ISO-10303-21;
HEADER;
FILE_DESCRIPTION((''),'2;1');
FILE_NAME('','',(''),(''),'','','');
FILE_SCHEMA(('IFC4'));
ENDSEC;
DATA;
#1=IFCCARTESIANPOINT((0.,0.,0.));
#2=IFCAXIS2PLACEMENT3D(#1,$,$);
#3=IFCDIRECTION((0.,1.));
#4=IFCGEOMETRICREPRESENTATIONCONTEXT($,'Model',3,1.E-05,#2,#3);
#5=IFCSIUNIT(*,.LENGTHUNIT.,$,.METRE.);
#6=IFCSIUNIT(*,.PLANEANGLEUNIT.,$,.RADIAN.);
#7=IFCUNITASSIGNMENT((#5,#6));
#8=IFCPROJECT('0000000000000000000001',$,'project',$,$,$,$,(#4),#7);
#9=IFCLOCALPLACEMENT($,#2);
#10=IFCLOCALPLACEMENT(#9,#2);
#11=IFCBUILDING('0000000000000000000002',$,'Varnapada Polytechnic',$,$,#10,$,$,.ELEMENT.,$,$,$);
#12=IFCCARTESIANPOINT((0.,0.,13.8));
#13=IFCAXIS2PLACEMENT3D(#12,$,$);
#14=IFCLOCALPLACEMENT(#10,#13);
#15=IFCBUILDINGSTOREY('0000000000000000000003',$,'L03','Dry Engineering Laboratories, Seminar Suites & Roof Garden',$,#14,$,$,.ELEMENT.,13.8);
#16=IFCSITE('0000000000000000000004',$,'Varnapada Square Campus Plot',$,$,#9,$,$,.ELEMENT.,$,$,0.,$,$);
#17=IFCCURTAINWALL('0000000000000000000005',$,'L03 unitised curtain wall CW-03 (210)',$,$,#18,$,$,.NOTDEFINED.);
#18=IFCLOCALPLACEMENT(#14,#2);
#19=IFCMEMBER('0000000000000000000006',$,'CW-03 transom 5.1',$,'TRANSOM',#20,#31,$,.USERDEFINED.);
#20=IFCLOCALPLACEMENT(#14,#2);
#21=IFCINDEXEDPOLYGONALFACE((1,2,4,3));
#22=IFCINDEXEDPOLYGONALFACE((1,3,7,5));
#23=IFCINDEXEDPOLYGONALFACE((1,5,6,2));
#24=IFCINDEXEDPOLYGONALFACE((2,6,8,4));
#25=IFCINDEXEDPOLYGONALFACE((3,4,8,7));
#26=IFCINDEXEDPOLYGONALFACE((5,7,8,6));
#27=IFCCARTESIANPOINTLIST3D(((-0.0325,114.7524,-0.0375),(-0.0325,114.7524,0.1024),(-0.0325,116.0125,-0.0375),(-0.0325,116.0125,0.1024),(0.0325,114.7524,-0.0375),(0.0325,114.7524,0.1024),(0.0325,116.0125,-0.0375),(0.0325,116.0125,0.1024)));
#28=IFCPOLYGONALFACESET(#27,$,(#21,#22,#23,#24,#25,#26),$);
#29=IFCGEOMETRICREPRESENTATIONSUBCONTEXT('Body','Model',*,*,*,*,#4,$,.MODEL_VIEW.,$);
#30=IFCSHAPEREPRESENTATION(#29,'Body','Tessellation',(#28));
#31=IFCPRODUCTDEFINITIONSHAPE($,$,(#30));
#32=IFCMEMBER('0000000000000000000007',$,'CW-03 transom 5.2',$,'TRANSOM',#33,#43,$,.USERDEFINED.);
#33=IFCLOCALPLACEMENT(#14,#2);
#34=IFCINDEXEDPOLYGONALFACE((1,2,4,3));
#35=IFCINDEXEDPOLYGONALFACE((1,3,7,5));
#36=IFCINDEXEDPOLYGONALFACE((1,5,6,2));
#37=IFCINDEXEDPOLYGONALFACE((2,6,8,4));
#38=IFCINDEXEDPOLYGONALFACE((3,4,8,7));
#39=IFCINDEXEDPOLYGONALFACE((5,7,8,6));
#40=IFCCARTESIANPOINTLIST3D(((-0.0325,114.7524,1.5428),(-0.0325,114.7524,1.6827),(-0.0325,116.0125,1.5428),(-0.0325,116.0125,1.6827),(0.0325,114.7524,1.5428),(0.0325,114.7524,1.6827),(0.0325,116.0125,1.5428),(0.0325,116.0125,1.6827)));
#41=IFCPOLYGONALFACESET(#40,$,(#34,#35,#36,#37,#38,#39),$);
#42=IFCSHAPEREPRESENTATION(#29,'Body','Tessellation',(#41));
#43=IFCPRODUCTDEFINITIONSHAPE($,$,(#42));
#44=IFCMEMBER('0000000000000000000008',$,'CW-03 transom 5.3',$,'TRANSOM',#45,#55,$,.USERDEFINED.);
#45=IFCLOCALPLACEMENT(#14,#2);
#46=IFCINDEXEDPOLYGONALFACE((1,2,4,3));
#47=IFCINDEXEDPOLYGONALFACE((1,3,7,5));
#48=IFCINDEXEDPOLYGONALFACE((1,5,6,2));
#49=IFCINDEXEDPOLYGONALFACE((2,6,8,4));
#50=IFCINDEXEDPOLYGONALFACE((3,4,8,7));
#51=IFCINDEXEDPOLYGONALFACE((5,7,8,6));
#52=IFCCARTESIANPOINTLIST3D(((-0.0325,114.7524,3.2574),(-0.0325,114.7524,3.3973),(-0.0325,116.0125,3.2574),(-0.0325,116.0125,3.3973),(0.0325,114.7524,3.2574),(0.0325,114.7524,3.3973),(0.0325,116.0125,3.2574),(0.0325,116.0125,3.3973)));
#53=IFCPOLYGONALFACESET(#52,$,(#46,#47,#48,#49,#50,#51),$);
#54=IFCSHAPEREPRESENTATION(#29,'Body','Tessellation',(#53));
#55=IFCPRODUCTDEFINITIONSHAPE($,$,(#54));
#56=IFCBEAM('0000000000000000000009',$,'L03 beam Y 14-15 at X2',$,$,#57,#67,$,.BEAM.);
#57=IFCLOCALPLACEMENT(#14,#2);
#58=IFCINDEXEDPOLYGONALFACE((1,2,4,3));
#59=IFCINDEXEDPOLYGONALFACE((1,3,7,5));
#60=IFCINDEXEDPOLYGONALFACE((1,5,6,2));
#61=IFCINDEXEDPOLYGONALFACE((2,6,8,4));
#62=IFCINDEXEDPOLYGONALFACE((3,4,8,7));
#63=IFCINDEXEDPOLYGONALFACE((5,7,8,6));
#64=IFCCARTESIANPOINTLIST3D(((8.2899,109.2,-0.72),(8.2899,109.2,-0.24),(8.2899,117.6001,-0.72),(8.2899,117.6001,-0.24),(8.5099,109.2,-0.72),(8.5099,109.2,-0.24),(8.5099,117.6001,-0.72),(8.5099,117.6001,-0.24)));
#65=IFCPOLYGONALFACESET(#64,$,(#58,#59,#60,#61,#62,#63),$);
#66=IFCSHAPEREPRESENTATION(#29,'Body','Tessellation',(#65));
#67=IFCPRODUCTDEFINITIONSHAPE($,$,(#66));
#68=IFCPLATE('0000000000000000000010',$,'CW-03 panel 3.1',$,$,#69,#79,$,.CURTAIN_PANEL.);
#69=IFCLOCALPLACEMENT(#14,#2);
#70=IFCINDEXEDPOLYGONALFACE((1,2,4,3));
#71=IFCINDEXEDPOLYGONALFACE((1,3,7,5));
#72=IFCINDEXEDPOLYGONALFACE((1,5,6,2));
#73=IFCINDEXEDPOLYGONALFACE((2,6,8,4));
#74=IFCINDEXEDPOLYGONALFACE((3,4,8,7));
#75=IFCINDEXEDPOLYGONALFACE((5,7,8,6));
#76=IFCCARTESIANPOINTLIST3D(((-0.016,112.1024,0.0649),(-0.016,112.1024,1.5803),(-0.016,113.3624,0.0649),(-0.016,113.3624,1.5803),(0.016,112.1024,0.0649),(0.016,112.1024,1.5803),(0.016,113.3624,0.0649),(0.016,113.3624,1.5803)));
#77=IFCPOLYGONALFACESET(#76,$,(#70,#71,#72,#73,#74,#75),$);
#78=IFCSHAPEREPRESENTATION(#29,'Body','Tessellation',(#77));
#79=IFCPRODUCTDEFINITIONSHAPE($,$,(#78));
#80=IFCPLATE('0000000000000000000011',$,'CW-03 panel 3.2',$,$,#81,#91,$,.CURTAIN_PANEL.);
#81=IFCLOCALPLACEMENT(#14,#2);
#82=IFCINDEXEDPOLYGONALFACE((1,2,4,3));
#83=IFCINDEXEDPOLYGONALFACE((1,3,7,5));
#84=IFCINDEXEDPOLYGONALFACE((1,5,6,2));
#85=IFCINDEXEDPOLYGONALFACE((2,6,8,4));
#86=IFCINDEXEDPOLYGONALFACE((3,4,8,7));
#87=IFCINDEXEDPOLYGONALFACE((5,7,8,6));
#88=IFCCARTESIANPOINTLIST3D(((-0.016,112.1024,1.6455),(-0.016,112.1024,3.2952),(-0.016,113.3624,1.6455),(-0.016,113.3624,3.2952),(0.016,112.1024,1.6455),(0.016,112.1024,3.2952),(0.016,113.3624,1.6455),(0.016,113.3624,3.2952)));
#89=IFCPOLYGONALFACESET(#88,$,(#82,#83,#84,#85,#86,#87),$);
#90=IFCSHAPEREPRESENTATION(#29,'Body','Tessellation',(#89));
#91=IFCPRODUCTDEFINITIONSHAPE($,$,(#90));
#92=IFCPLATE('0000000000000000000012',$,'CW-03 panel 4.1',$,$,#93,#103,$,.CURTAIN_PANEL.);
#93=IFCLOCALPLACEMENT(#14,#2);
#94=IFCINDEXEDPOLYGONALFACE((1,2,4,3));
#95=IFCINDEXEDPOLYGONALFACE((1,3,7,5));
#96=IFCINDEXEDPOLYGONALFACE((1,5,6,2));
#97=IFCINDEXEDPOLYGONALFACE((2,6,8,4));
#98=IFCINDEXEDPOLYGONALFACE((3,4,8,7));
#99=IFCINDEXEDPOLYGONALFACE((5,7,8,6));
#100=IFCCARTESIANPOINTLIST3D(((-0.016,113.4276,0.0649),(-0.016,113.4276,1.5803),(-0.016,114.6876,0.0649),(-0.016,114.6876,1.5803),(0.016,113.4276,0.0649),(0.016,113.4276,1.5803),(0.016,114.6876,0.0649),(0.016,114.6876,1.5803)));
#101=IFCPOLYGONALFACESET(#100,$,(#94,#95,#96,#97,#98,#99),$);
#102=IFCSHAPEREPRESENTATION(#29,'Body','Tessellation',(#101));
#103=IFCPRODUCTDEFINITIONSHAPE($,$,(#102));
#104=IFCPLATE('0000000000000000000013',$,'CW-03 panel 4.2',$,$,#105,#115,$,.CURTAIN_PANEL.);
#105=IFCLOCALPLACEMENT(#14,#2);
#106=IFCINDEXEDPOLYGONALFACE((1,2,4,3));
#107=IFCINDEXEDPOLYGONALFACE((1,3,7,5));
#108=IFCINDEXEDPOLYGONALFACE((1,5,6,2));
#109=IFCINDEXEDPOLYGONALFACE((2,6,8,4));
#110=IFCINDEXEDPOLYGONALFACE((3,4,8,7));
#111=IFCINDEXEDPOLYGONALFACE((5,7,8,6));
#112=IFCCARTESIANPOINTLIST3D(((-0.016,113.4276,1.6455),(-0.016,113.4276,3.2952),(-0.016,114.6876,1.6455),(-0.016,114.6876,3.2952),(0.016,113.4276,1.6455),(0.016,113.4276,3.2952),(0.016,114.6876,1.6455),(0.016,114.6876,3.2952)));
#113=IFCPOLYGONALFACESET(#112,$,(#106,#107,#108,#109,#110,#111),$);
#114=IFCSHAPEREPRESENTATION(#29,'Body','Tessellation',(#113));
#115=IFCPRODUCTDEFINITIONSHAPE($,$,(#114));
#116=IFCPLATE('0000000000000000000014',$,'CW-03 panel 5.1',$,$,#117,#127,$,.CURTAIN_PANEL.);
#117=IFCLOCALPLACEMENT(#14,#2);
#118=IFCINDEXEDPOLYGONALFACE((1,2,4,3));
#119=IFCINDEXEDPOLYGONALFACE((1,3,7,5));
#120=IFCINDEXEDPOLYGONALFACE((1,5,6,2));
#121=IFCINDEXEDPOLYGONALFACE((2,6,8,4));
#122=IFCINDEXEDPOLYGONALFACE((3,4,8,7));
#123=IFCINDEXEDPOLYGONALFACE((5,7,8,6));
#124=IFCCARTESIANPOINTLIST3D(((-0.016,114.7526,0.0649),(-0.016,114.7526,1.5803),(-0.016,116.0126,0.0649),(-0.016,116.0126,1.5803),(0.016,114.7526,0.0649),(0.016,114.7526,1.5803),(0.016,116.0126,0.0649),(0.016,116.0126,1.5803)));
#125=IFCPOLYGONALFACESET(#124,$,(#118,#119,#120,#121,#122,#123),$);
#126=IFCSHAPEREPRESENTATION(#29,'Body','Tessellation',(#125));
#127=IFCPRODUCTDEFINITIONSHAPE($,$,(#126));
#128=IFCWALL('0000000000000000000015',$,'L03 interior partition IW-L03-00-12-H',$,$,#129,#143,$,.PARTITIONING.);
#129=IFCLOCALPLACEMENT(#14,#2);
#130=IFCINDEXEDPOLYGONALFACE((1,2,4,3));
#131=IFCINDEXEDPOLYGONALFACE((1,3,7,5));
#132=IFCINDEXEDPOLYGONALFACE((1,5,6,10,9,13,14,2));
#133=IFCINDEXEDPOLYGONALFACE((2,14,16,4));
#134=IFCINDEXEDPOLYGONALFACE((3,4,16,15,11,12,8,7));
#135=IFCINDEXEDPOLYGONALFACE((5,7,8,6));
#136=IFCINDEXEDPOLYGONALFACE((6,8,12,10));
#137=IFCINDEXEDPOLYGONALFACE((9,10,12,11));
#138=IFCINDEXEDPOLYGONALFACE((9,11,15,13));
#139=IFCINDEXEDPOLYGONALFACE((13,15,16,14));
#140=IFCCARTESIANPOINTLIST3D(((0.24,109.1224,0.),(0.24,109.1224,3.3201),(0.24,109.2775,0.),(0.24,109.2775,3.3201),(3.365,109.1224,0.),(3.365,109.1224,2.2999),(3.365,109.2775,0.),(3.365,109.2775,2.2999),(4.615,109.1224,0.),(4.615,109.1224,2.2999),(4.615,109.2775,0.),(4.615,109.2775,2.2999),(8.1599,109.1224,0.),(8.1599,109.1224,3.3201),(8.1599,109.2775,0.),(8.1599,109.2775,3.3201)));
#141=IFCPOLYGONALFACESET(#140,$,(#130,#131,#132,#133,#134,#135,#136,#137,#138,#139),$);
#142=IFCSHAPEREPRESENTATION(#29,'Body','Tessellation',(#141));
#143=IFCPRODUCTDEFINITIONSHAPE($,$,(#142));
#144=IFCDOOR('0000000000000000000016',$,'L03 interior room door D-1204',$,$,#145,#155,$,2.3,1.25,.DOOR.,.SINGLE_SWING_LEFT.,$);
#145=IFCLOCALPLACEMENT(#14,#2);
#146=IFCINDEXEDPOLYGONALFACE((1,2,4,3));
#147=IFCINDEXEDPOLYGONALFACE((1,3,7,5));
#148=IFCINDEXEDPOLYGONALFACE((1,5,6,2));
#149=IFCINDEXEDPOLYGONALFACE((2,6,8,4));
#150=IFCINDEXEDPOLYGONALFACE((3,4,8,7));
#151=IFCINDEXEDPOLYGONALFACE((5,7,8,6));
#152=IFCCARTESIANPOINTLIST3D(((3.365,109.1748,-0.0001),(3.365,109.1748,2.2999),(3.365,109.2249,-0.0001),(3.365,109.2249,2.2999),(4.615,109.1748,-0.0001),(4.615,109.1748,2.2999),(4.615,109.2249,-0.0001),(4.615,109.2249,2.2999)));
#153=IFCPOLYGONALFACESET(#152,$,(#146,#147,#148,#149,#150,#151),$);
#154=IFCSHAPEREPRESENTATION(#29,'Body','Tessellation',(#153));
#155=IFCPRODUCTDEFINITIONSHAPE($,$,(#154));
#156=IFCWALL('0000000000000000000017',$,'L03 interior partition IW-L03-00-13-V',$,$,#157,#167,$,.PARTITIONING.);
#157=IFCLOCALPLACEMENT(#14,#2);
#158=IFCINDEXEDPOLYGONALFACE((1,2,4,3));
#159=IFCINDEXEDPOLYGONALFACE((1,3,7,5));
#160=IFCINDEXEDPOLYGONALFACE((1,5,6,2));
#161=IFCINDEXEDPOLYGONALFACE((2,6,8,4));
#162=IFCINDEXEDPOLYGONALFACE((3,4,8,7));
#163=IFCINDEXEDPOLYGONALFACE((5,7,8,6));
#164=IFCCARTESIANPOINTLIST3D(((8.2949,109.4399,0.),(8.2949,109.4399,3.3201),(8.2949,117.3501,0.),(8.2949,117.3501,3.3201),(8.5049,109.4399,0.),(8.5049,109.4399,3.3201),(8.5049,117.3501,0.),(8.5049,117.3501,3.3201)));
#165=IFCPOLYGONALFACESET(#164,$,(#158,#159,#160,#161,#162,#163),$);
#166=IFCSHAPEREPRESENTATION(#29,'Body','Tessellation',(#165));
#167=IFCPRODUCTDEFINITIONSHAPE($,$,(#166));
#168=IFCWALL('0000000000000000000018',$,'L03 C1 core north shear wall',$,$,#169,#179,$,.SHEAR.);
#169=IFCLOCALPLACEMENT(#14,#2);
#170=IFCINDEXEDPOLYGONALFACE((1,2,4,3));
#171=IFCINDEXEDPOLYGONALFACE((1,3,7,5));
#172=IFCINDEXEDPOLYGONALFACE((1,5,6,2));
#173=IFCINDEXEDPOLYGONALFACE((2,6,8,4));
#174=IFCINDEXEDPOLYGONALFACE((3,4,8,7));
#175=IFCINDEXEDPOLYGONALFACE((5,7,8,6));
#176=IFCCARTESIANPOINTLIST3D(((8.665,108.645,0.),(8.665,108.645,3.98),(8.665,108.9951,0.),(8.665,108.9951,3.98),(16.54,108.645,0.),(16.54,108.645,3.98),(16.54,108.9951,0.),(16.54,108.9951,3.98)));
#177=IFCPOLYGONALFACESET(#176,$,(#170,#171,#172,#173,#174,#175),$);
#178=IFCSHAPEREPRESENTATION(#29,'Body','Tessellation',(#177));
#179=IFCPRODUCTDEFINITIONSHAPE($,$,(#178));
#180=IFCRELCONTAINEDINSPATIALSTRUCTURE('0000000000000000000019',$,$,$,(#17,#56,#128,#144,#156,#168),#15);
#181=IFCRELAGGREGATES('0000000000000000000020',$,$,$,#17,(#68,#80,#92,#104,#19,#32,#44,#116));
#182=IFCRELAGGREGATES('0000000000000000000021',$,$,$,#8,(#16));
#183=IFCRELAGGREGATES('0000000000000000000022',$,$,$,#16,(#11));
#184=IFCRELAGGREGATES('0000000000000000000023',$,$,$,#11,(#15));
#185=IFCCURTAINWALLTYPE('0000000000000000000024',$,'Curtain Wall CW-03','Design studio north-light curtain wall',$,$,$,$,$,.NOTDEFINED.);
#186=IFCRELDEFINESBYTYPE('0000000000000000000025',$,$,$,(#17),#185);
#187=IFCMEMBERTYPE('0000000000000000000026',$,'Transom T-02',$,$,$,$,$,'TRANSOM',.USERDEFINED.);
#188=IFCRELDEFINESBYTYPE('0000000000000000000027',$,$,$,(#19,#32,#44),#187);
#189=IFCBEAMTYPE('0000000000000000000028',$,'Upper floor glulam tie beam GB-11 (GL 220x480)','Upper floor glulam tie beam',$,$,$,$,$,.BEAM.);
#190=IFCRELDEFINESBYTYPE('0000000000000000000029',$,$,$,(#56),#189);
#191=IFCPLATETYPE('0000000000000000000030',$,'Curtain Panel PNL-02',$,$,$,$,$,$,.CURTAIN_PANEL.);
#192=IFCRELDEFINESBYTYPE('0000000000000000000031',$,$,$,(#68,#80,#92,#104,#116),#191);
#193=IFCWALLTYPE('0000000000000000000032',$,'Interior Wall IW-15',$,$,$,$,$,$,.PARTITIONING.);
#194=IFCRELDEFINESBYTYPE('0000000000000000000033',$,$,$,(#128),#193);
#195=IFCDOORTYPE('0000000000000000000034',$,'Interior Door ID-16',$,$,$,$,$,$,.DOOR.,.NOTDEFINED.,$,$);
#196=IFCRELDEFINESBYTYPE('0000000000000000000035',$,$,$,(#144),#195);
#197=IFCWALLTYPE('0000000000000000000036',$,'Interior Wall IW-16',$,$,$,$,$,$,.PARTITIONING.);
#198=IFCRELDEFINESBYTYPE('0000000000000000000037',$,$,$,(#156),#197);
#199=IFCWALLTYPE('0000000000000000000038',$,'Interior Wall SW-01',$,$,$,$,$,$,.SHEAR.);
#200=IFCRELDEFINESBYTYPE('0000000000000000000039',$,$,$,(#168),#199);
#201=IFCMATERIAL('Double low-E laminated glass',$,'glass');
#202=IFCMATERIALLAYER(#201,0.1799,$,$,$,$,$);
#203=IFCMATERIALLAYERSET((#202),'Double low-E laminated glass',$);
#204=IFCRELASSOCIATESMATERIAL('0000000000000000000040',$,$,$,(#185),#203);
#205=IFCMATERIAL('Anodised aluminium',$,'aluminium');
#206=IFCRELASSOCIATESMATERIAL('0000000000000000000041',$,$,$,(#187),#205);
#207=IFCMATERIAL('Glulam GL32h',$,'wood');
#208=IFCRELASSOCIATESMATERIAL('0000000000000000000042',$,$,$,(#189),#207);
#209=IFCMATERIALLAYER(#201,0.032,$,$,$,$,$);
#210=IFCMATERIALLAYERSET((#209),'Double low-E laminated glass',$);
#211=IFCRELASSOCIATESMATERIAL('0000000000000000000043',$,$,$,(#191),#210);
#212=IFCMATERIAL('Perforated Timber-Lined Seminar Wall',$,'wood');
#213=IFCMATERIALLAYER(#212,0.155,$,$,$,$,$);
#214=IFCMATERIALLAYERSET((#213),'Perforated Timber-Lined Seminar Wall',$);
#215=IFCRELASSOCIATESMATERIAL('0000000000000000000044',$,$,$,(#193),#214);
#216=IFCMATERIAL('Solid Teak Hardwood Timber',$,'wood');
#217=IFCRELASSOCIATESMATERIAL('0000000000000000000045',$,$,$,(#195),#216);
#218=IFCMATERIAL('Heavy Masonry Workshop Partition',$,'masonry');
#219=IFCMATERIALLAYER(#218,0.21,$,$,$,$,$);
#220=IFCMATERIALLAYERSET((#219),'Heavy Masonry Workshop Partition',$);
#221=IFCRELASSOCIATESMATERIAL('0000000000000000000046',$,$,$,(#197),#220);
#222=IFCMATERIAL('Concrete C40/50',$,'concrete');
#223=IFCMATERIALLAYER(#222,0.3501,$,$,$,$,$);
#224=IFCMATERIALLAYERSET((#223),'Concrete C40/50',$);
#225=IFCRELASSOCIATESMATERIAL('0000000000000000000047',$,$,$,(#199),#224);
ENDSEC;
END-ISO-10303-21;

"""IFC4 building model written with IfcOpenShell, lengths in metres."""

from ifc_helpers import new_model, si_unit, direction, frame, frame_2d, origin, origin_2d, place, context, subcontext, project, spatial, rectangle, extrude, material, layer, layer_set, material_profile, profile_set, type_object, element, fill, aggregate, save


model = new_model("IFC4")

# Units and contexts
model_context = context("Model", 3, precision=1e-05, world=origin(), true_north=direction((0.0, 1.0)))
body_context = subcontext(model_context, "Body", "Model", "MODEL_VIEW")
ifc_project = project(units=[si_unit("LENGTHUNIT", "METRE"), si_unit("PLANEANGLEUNIT", "RADIAN")], contexts=[model_context])

# Site, building, storey
site_placement = place(None, origin())
site = spatial("IfcSite", under=ifc_project, at=site_placement, Name="Varnapada Square Campus Plot", CompositionType="ELEMENT", RefElevation=0.0)
building_placement = place(site_placement, origin())
building = spatial("IfcBuilding", under=site, at=building_placement, Name="Varnapada Polytechnic", CompositionType="ELEMENT")
storey_placement = place(building_placement, frame((0.0, 0.0, 13.8)))
storey = spatial("IfcBuildingStorey", under=building, at=storey_placement, Name="L03", Description="Dry Engineering Laboratories, Seminar Suites & Roof Garden", CompositionType="ELEMENT", Elevation=13.8)

# Shared definitions
ifc_material_1 = material(Name="Glulam GL32h", Category="wood")

# Curtain wall
ifc_material_2 = material(Name="Double low-E laminated glass", Category="glass")
ifc_layer_1 = layer(ifc_material_2, 0.1799)
ifc_layer_set_1 = layer_set([ifc_layer_1], Name="Double low-E laminated glass")
curtain_wall_type = type_object("IfcCurtainWallType", Name="Curtain Wall CW-03", Description="Design studio north-light curtain wall", PredefinedType="NOTDEFINED", material=ifc_layer_set_1)
curtain_wall_placement = place(storey_placement, origin())
curtain_wall = element("IfcCurtainWall", 1, at=curtain_wall_placement, inside=storey, type_object=curtain_wall_type, Name="L03 unitised curtain wall CW-03 (210)", PredefinedType="NOTDEFINED")
ifc_material_3 = material(Name="Anodised aluminium", Category="aluminium")

# Members
ifc_material_profile_1 = material_profile(ifc_material_3, rectangle(XDim=0.0649, YDim=0.1399, at=origin_2d()), Name="ALU T65x140")
ifc_profile_set_1 = profile_set([ifc_material_profile_1], Name="Anodised aluminium")
member_type_1 = type_object("IfcMemberType", Name="Transom T-02", ElementType="TRANSOM", PredefinedType="USERDEFINED", material=ifc_profile_set_1)
member_1_placement = place(storey_placement, frame((0.0, 114.7524, 0.0325), z_axis=(0.0, 1.0, 0.0), x_axis=(-1.0, 0.0, 0.0)))
member_1 = element("IfcMember", 2, at=member_1_placement, type_object=member_type_1, Name="CW-03 transom 5.1", ObjectType="TRANSOM", PredefinedType="USERDEFINED", context=body_context, shape_type="SweptSolid", body=[
    extrude(rectangle(XDim=0.0649, YDim=0.1399, at=origin_2d()), origin(), (0.0, 0.0, 1.0), 1.26),
])
member_2_placement = place(storey_placement, frame((0.0, 114.7524, 1.6128), z_axis=(0.0, 1.0, 0.0), x_axis=(-1.0, 0.0, 0.0)))
member_2 = element("IfcMember", 3, at=member_2_placement, type_object=member_type_1, Name="CW-03 transom 5.2", ObjectType="TRANSOM", PredefinedType="USERDEFINED", context=body_context, shape_type="SweptSolid", body=[
    extrude(rectangle(XDim=0.0649, YDim=0.1399, at=origin_2d()), origin(), (0.0, 0.0, 1.0), 1.26),
])
member_3_placement = place(storey_placement, frame((0.0, 114.7524, 3.3274), z_axis=(0.0, 1.0, 0.0), x_axis=(-1.0, 0.0, 0.0)))
member_3 = element("IfcMember", 4, at=member_3_placement, type_object=member_type_1, Name="CW-03 transom 5.3", ObjectType="TRANSOM", PredefinedType="USERDEFINED", context=body_context, shape_type="SweptSolid", body=[
    extrude(rectangle(XDim=0.0649, YDim=0.1399, at=origin_2d()), origin(), (0.0, 0.0, 1.0), 1.26),
])

# Beam
ifc_material_profile_2 = material_profile(ifc_material_1, rectangle(XDim=0.22, YDim=0.48, at=origin_2d()), Name="GL 220x480")
ifc_profile_set_2 = profile_set([ifc_material_profile_2], Name="Glulam GL32h")
beam_type_1 = type_object("IfcBeamType", Name="Upper floor glulam tie beam GB-11 (GL 220x480)", Description="Upper floor glulam tie beam", PredefinedType="BEAM", material=ifc_profile_set_2)
beam_1_placement = place(storey_placement, frame((8.3999, 109.2, -0.48), z_axis=(0.0, 1.0, 0.0), x_axis=(-1.0, 0.0, 0.0)))
element("IfcBeam", 5, at=beam_1_placement, inside=storey, type_object=beam_type_1, Name="L03 beam Y 14-15 at X2", PredefinedType="BEAM", context=body_context, shape_type="SweptSolid", body=[
    extrude(rectangle(XDim=0.22, YDim=0.48, at=origin_2d()), origin(), (0.0, 0.0, 1.0), 8.4001),
])

# Plates
ifc_layer_2 = layer(ifc_material_2, 0.032)
ifc_layer_set_2 = layer_set([ifc_layer_2], Name="Double low-E laminated glass")
plate_type = type_object("IfcPlateType", Name="Curtain Panel PNL-02", PredefinedType="CURTAIN_PANEL", material=ifc_layer_set_2)
plate_1_placement = place(storey_placement, frame((0.0, 112.7324, 0.0649), z_axis=(0.0, 0.0, 1.0), x_axis=(0.0, 1.0, 0.0)))
plate_1 = element("IfcPlate", 6, at=plate_1_placement, type_object=plate_type, Name="CW-03 panel 3.1", PredefinedType="CURTAIN_PANEL", context=body_context, shape_type="SweptSolid", body=[
    extrude(rectangle(XDim=1.26, YDim=0.032, at=origin_2d()), origin(), (0.0, 0.0, 1.0), 1.5154),
])
plate_2_placement = place(storey_placement, frame((0.0, 112.7324, 1.6455), z_axis=(0.0, 0.0, 1.0), x_axis=(0.0, 1.0, 0.0)))
plate_2 = element("IfcPlate", 7, at=plate_2_placement, type_object=plate_type, Name="CW-03 panel 3.2", PredefinedType="CURTAIN_PANEL", context=body_context, shape_type="SweptSolid", body=[
    extrude(rectangle(XDim=1.26, YDim=0.032, at=origin_2d()), origin(), (0.0, 0.0, 1.0), 1.6497),
])
plate_3_placement = place(storey_placement, frame((0.0, 114.0576, 0.0649), z_axis=(0.0, 0.0, 1.0), x_axis=(0.0, 1.0, 0.0)))
plate_3 = element("IfcPlate", 8, at=plate_3_placement, type_object=plate_type, Name="CW-03 panel 4.1", PredefinedType="CURTAIN_PANEL", context=body_context, shape_type="SweptSolid", body=[
    extrude(rectangle(XDim=1.26, YDim=0.032, at=origin_2d()), origin(), (0.0, 0.0, 1.0), 1.5154),
])
plate_4_placement = place(storey_placement, frame((0.0, 114.0576, 1.6455), z_axis=(0.0, 0.0, 1.0), x_axis=(0.0, 1.0, 0.0)))
plate_4 = element("IfcPlate", 9, at=plate_4_placement, type_object=plate_type, Name="CW-03 panel 4.2", PredefinedType="CURTAIN_PANEL", context=body_context, shape_type="SweptSolid", body=[
    extrude(rectangle(XDim=1.26, YDim=0.032, at=origin_2d()), origin(), (0.0, 0.0, 1.0), 1.6497),
])
plate_5_placement = place(storey_placement, frame((0.0, 115.3826, 0.0649), z_axis=(0.0, 0.0, 1.0), x_axis=(0.0, 1.0, 0.0)))
plate_5 = element("IfcPlate", 10, at=plate_5_placement, type_object=plate_type, Name="CW-03 panel 5.1", PredefinedType="CURTAIN_PANEL", context=body_context, shape_type="SweptSolid", body=[
    extrude(rectangle(XDim=1.26, YDim=0.032, at=origin_2d()), origin(), (0.0, 0.0, 1.0), 1.5154),
])
aggregate(curtain_wall, [plate_1, plate_2, plate_3, plate_4, member_1, member_2, member_3, plate_5])

# Wall, opening, door
ifc_material_4 = material(Name="Perforated Timber-Lined Seminar Wall", Category="wood")
ifc_layer_3 = layer(ifc_material_4, 0.155)
ifc_layer_set_3 = layer_set([ifc_layer_3], Name="Perforated Timber-Lined Seminar Wall")
wall_type_1 = type_object("IfcWallType", Name="Interior Wall IW-15", PredefinedType="PARTITIONING", material=ifc_layer_set_3)
wall_1_placement = place(storey_placement, frame((0.24, 109.2, 0.0), z_axis=(0.0, 0.0, 1.0), x_axis=(1.0, 0.0, 0.0)))
wall_1 = element("IfcWall", 11, at=wall_1_placement, inside=storey, type_object=wall_type_1, Name="L03 interior partition IW-L03-00-12-H", PredefinedType="PARTITIONING", context=body_context, shape_type="SweptSolid", body=[
    extrude(rectangle(XDim=7.9199, YDim=0.155, at=frame_2d((3.96, 0.0))), origin(), (0.0, 0.0, 1.0), 3.3201),
])
opening_placement = place(wall_1_placement, frame((3.125, 0.0, 0.0)))
opening = element("IfcOpeningElement", 12, at=opening_placement, cuts=wall_1, PredefinedType="OPENING", context=body_context, shape_type="SweptSolid", body=[
    extrude(rectangle(XDim=1.25, YDim=2.3, at=frame_2d((0.625, 1.1499))), frame((0.0, 0.0874, 0.0), z_axis=(0.0, -1.0, 0.0), x_axis=(1.0, 0.0, 0.0)), (0.0, 0.0, 1.0), 0.175),
])
ifc_material_5 = material(Name="Solid Teak Hardwood Timber", Category="wood")
door_type = type_object("IfcDoorType", Name="Interior Door ID-16", OperationType="NOTDEFINED", PredefinedType="DOOR", material=ifc_material_5)
door_placement = place(opening_placement, origin())
door = element("IfcDoor", 13, at=door_placement, inside=storey, type_object=door_type, Name="L03 interior room door D-1204", OperationType="SINGLE_SWING_LEFT", OverallHeight=2.3, OverallWidth=1.25, PredefinedType="DOOR", context=body_context, shape_type="SweptSolid", body=[
    extrude(rectangle(XDim=1.25, YDim=2.3, at=frame_2d((0.625, 1.1499))), frame((0.0, 0.0249, 0.0), z_axis=(0.0, -1.0, 0.0), x_axis=(1.0, 0.0, 0.0)), (0.0, 0.0, 1.0), 0.05),
])
fill(opening, door)

# Walls
ifc_material_6 = material(Name="Heavy Masonry Workshop Partition", Category="masonry")
ifc_layer_4 = layer(ifc_material_6, 0.21)
ifc_layer_set_4 = layer_set([ifc_layer_4], Name="Heavy Masonry Workshop Partition")
wall_type_2 = type_object("IfcWallType", Name="Interior Wall IW-16", PredefinedType="PARTITIONING", material=ifc_layer_set_4)
wall_2_placement = place(storey_placement, frame((8.3999, 109.4399, 0.0), z_axis=(0.0, 0.0, 1.0), x_axis=(0.0, 1.0, 0.0)))
element("IfcWall", 14, at=wall_2_placement, inside=storey, type_object=wall_type_2, Name="L03 interior partition IW-L03-00-13-V", PredefinedType="PARTITIONING", context=body_context, shape_type="SweptSolid", body=[
    extrude(rectangle(XDim=7.9102, YDim=0.21, at=frame_2d((3.9551, 0.0))), origin(), (0.0, 0.0, 1.0), 3.3201),
])
ifc_material_7 = material(Name="Concrete C40/50", Category="concrete")
ifc_layer_5 = layer(ifc_material_7, 0.3501)
ifc_layer_set_5 = layer_set([ifc_layer_5], Name="Concrete C40/50")
wall_type_3 = type_object("IfcWallType", Name="Interior Wall SW-01", PredefinedType="SHEAR", material=ifc_layer_set_5)
wall_3_placement = place(storey_placement, frame((8.665, 108.8201, 0.0), z_axis=(0.0, 0.0, 1.0), x_axis=(1.0, 0.0, 0.0)))
element("IfcWall", 15, at=wall_3_placement, inside=storey, type_object=wall_type_3, Name="L03 C1 core north shear wall", PredefinedType="SHEAR", context=body_context, shape_type="SweptSolid", body=[
    extrude(rectangle(XDim=7.875, YDim=0.3501, at=frame_2d((3.9375, 0.0))), origin(), (0.0, 0.0, 1.0), 3.98),
])

save(model, "model.ifc")
